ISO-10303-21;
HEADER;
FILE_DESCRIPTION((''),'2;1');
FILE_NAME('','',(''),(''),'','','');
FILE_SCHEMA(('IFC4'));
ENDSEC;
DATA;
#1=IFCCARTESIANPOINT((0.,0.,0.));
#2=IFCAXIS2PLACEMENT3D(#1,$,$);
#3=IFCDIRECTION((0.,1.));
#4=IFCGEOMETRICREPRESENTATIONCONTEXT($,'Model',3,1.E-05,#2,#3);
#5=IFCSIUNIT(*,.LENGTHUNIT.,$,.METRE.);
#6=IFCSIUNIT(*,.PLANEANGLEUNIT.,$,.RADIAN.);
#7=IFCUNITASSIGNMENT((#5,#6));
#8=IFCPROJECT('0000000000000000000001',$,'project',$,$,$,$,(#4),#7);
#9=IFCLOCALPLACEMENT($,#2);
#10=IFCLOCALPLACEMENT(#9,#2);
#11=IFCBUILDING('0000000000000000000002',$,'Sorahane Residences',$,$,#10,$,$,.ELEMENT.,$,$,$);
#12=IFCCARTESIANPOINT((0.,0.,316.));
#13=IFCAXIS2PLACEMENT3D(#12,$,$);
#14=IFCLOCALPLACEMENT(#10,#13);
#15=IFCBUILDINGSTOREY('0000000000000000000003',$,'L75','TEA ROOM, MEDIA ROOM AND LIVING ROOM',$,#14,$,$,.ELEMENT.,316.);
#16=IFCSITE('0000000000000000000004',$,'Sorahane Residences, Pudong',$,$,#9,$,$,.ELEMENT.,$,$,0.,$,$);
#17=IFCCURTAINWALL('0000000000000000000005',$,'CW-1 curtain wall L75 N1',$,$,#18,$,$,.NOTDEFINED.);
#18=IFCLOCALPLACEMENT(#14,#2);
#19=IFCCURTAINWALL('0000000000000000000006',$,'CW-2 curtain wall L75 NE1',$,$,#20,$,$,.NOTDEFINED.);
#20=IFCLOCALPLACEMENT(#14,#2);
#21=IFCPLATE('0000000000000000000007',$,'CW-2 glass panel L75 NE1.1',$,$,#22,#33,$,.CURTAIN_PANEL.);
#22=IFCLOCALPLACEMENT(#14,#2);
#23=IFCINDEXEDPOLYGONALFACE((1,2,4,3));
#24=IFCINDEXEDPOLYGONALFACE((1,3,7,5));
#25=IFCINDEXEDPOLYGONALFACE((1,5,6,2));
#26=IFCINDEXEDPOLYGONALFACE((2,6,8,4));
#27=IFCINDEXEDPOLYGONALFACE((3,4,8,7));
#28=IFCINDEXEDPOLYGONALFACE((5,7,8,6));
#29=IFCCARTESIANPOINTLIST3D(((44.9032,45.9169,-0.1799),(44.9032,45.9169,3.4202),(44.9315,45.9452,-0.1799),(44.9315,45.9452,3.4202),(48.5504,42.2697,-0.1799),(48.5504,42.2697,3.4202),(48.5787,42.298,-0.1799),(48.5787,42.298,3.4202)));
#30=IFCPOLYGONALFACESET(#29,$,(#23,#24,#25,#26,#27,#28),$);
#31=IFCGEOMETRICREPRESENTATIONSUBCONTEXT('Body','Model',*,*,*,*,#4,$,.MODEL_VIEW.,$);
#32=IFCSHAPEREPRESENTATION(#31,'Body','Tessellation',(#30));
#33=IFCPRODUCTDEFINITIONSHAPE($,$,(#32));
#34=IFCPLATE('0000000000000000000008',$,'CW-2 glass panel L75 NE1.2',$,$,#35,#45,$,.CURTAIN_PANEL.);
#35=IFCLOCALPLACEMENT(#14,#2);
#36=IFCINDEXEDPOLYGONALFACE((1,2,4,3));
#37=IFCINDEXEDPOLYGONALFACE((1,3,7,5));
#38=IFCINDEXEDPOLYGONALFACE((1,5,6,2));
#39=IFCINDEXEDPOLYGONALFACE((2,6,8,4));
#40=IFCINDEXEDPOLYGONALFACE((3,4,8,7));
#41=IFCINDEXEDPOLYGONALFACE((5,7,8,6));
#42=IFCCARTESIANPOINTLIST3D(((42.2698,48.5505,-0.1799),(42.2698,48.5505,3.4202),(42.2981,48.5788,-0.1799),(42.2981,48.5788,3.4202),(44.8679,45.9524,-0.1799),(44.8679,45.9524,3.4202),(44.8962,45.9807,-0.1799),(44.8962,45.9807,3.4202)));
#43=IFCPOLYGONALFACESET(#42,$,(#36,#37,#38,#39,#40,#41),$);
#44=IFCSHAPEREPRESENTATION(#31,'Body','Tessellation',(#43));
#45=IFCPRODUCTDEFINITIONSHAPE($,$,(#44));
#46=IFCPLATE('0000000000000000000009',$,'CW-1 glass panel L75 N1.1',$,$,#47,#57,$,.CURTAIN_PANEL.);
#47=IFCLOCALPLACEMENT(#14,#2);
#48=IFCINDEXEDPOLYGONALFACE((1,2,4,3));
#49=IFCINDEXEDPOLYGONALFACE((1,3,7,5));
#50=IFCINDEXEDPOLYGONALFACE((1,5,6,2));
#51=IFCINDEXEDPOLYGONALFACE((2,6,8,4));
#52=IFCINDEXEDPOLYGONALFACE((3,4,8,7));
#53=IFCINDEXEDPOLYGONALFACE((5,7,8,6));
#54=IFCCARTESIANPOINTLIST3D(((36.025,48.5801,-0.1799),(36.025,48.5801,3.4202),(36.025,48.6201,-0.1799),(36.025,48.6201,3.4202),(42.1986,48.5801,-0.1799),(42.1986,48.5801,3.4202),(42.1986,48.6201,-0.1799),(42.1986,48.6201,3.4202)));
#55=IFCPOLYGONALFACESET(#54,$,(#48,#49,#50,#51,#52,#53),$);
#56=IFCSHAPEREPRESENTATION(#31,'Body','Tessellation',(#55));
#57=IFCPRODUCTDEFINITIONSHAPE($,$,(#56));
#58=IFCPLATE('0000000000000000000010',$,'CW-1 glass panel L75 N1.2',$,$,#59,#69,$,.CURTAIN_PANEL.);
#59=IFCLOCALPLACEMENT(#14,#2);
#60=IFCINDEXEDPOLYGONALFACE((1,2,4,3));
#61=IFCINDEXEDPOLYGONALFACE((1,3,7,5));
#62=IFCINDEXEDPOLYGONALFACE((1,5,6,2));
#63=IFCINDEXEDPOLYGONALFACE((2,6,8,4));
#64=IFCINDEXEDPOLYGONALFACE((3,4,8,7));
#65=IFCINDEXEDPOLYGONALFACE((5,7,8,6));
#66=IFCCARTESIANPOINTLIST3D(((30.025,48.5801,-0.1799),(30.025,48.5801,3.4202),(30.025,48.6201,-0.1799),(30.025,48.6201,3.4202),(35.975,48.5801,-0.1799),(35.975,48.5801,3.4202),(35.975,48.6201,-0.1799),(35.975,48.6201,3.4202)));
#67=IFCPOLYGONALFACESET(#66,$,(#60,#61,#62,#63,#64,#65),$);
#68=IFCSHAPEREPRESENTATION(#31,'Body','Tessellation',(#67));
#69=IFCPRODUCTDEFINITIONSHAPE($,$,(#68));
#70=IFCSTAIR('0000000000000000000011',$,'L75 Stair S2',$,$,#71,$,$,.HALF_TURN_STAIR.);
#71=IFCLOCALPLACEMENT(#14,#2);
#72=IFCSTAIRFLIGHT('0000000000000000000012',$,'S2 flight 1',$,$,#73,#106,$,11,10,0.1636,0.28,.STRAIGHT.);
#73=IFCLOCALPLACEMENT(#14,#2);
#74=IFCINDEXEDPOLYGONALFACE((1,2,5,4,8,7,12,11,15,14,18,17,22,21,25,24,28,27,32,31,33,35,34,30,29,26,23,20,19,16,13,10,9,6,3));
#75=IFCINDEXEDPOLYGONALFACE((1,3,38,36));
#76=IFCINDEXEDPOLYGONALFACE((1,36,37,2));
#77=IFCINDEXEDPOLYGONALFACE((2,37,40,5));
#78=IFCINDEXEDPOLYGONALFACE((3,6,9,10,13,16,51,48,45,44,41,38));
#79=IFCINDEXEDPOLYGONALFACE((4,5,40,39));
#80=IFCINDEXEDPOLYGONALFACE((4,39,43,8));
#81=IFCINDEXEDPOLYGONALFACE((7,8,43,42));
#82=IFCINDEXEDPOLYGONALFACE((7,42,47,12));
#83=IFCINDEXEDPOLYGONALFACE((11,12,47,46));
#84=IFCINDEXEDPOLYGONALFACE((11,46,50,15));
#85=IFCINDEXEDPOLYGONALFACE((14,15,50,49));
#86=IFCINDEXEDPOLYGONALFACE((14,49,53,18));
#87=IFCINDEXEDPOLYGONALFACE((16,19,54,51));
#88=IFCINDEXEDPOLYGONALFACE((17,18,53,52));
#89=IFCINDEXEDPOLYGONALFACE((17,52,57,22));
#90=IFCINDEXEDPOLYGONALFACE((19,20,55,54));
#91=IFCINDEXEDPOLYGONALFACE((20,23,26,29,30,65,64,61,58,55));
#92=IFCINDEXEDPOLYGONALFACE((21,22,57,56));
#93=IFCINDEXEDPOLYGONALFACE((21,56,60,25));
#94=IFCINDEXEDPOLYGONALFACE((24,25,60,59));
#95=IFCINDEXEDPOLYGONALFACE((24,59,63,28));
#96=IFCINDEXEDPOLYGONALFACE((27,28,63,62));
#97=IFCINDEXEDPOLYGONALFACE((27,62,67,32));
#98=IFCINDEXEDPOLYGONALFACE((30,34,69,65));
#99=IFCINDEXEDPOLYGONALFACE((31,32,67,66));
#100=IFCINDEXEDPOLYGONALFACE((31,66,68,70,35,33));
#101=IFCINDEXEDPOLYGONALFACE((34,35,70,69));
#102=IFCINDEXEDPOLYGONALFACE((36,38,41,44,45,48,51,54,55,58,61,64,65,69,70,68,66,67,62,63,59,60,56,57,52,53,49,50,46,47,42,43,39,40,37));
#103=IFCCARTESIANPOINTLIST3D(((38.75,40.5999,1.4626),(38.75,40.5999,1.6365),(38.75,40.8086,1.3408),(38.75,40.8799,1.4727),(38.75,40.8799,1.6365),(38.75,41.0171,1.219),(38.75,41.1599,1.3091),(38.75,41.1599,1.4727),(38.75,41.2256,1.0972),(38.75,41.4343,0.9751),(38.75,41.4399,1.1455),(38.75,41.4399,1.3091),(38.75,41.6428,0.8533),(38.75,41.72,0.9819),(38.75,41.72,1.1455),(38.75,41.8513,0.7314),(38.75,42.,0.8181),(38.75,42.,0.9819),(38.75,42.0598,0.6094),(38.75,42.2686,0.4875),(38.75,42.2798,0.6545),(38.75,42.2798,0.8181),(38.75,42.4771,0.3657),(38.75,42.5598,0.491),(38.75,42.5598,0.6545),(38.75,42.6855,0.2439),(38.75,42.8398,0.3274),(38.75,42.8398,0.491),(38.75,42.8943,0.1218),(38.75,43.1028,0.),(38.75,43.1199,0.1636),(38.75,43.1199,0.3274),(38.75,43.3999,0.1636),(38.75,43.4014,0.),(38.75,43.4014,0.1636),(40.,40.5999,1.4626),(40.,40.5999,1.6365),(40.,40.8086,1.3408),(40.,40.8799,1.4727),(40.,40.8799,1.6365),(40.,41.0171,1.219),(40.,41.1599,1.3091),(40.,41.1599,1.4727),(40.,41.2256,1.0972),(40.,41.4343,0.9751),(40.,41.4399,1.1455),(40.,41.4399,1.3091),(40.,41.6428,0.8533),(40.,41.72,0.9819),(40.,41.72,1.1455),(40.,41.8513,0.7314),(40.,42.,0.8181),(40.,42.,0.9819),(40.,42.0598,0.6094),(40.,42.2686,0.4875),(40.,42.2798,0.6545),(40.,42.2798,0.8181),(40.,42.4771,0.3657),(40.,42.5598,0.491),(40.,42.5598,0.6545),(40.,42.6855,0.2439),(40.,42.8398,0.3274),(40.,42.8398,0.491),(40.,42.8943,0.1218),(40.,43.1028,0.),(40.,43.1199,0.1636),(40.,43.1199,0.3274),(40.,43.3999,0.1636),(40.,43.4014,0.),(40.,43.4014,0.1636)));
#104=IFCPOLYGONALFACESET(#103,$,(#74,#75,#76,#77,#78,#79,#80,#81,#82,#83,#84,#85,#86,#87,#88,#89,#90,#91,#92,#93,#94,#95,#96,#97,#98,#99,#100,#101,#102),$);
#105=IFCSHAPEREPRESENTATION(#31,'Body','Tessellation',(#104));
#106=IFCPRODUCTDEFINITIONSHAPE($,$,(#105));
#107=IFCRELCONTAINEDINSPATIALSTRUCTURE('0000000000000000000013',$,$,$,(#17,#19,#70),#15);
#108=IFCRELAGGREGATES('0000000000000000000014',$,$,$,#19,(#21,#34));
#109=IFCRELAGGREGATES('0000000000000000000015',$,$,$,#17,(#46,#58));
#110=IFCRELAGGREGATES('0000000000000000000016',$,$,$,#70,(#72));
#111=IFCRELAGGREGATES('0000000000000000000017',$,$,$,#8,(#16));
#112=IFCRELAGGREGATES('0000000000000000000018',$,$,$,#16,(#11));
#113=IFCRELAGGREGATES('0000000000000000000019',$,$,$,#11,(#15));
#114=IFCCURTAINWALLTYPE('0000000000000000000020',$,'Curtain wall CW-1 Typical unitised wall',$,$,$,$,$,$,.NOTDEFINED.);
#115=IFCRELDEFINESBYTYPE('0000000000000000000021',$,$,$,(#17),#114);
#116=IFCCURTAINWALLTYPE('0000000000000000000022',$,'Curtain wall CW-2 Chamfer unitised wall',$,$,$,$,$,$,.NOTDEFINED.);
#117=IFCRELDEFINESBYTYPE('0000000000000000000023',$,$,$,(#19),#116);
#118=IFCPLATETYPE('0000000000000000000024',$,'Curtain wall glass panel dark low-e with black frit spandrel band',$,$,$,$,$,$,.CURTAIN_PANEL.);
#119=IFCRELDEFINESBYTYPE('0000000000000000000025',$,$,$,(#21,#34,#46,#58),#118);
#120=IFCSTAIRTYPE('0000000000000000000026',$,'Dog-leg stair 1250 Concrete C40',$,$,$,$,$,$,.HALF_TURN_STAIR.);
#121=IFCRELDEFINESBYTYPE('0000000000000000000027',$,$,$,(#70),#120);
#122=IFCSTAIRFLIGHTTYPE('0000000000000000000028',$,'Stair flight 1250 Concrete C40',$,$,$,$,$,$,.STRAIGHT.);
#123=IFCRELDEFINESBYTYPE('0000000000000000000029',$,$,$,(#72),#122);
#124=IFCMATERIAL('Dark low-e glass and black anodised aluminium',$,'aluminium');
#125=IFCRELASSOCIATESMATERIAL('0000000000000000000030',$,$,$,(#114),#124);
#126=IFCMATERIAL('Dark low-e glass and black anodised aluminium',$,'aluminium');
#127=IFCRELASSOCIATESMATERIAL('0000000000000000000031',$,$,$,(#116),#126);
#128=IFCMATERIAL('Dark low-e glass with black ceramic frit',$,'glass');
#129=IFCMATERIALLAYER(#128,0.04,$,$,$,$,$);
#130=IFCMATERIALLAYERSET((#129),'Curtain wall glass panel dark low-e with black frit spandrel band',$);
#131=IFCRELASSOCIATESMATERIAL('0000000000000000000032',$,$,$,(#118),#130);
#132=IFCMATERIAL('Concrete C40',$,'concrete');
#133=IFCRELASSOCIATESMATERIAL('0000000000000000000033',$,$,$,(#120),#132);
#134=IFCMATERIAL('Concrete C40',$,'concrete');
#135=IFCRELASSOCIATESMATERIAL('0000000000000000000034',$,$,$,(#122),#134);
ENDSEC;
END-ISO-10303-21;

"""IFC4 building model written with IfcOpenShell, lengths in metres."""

from ifc_helpers import new_model, si_unit, direction, frame, origin, origin_2d, place, context, subcontext, project, spatial, polyline, rectangle, outline, extrude, material, layer, layer_set, type_object, element, aggregate, save


model = new_model("IFC4")

# Units and contexts
model_context = context("Model", 3, precision=1e-05, world=origin(), true_north=direction((0.0, 1.0)))
body_context = subcontext(model_context, "Body", "Model", "MODEL_VIEW")
ifc_project = project(units=[si_unit("LENGTHUNIT", "METRE"), si_unit("PLANEANGLEUNIT", "RADIAN")], contexts=[model_context])

# Site, building, storey
site_placement = place(None, origin())
site = spatial("IfcSite", under=ifc_project, at=site_placement, Name="Sorahane Residences, Pudong", CompositionType="ELEMENT", RefElevation=0.0)
building_placement = place(site_placement, origin())
building = spatial("IfcBuilding", under=site, at=building_placement, Name="Sorahane Residences", CompositionType="ELEMENT")
storey_placement = place(building_placement, frame((0.0, 0.0, 316.0)))
storey = spatial("IfcBuildingStorey", under=building, at=storey_placement, Name="L75", Description="TEA ROOM, MEDIA ROOM AND LIVING ROOM", CompositionType="ELEMENT", Elevation=316.0)

# Curtain wall
ifc_material_1 = material(Name="Dark low-e glass and black anodised aluminium", Category="aluminium")
curtain_wall_type_1 = type_object("IfcCurtainWallType", Name="Curtain wall CW-1 Typical unitised wall", PredefinedType="NOTDEFINED", material=ifc_material_1)
curtain_wall_1_placement = place(storey_placement, origin())
curtain_wall_1 = element("IfcCurtainWall", 1, at=curtain_wall_1_placement, inside=storey, type_object=curtain_wall_type_1, Name="CW-1 curtain wall L75 N1", PredefinedType="NOTDEFINED")

# Curtain wall
ifc_material_2 = material(Name="Dark low-e glass and black anodised aluminium", Category="aluminium")
curtain_wall_type_2 = type_object("IfcCurtainWallType", Name="Curtain wall CW-2 Chamfer unitised wall", PredefinedType="NOTDEFINED", material=ifc_material_2)
curtain_wall_2_placement = place(storey_placement, origin())
curtain_wall_2 = element("IfcCurtainWall", 2, at=curtain_wall_2_placement, inside=storey, type_object=curtain_wall_type_2, Name="CW-2 curtain wall L75 NE1", PredefinedType="NOTDEFINED")

# Plates
ifc_material_3 = material(Name="Dark low-e glass with black ceramic frit", Category="glass")
ifc_layer_1 = layer(ifc_material_3, 0.04)
ifc_layer_set_1 = layer_set([ifc_layer_1], Name="Curtain wall glass panel dark low-e with black frit spandrel band")
plate_type = type_object("IfcPlateType", Name="Curtain wall glass panel dark low-e with black frit spandrel band", PredefinedType="CURTAIN_PANEL", material=ifc_layer_set_1)
plate_1_placement = place(storey_placement, frame((46.741, 44.1074, -0.1799), z_axis=(0.0, 0.0, 1.0), x_axis=(-0.707107, 0.707107, 0.0)))
plate_1 = element("IfcPlate", 3, at=plate_1_placement, type_object=plate_type, Name="CW-2 glass panel L75 NE1.1", PredefinedType="CURTAIN_PANEL", context=body_context, shape_type="SweptSolid", body=[
    extrude(rectangle(XDim=5.158, YDim=0.04, at=origin_2d()), origin(), (0.0, 0.0, 1.0), 3.6001),
])
plate_2_placement = place(storey_placement, frame((43.583, 47.2656, -0.1799), z_axis=(0.0, 0.0, 1.0), x_axis=(-0.707107, 0.707107, 0.0)))
plate_2 = element("IfcPlate", 4, at=plate_2_placement, type_object=plate_type, Name="CW-2 glass panel L75 NE1.2", PredefinedType="CURTAIN_PANEL", context=body_context, shape_type="SweptSolid", body=[
    extrude(rectangle(XDim=3.6743, YDim=0.04, at=origin_2d()), origin(), (0.0, 0.0, 1.0), 3.6001),
])
aggregate(curtain_wall_2, [plate_1, plate_2])
plate_3_placement = place(storey_placement, frame((39.1118, 48.6001, -0.1799), z_axis=(0.0, 0.0, 1.0), x_axis=(-1.0, 0.0, 0.0)))
plate_3 = element("IfcPlate", 5, at=plate_3_placement, type_object=plate_type, Name="CW-1 glass panel L75 N1.1", PredefinedType="CURTAIN_PANEL", context=body_context, shape_type="SweptSolid", body=[
    extrude(rectangle(XDim=6.1736, YDim=0.04, at=origin_2d()), origin(), (0.0, 0.0, 1.0), 3.6001),
])
plate_4_placement = place(storey_placement, frame((33.0, 48.6001, -0.1799), z_axis=(0.0, 0.0, 1.0), x_axis=(-1.0, 0.0, 0.0)))
plate_4 = element("IfcPlate", 6, at=plate_4_placement, type_object=plate_type, Name="CW-1 glass panel L75 N1.2", PredefinedType="CURTAIN_PANEL", context=body_context, shape_type="SweptSolid", body=[
    extrude(rectangle(XDim=5.95, YDim=0.04, at=origin_2d()), origin(), (0.0, 0.0, 1.0), 3.6001),
])
aggregate(curtain_wall_1, [plate_3, plate_4])

# Stair, stair flight
ifc_material_4 = material(Name="Concrete C40", Category="concrete")
stair_type = type_object("IfcStairType", Name="Dog-leg stair 1250 Concrete C40", PredefinedType="HALF_TURN_STAIR", material=ifc_material_4)
stair_placement = place(storey_placement, origin())
stair = element("IfcStair", 7, at=stair_placement, inside=storey, type_object=stair_type, Name="L75 Stair S2", PredefinedType="HALF_TURN_STAIR")
ifc_material_5 = material(Name="Concrete C40", Category="concrete")
stair_flight_type = type_object("IfcStairFlightType", Name="Stair flight 1250 Concrete C40", PredefinedType="STRAIGHT", material=ifc_material_5)
stair_flight_placement = place(storey_placement, frame((39.375, 43.3999, 0.0), z_axis=(0.0, 0.0, 1.0), x_axis=(0.0, -1.0, 0.0)))
stair_flight = element("IfcStairFlight", 8, at=stair_flight_placement, type_object=stair_flight_type, Name="S2 flight 1", NumberOfRisers=11, NumberOfTreads=10, PredefinedType="STRAIGHT", RiserHeight=0.1636, TreadLength=0.28, context=body_context, shape_type="SweptSolid", body=[
    extrude(outline(polyline([(-0.0015, 0.0), (-0.0015, 0.1636), (0.0, 0.1636), (0.28, 0.1636), (0.28, 0.3274), (0.5601, 0.3274), (0.5601, 0.491), (0.8401, 0.491), (0.8401, 0.6545), (1.1201, 0.6545), (1.1201, 0.8181), (1.3999, 0.8181), (1.3999, 0.9819), (1.6799, 0.9819), (1.6799, 1.1455), (1.96, 1.1455), (1.96, 1.3091), (2.24, 1.3091), (2.24, 1.4727), (2.52, 1.4727), (2.52, 1.6365), (2.8, 1.6365), (2.8, 1.8), (2.8, 1.4626), (2.5913, 1.3408), (2.3828, 1.219), (2.1743, 1.0972), (1.9656, 0.9751), (1.7571, 0.8533), (1.5486, 0.7314), (1.3401, 0.6094), (1.1313, 0.4875), (0.9229, 0.3657), (0.7144, 0.2439), (0.5056, 0.1218), (0.2971, 0.0), (-0.0015, 0.0)])), frame((0.0, 0.625, 0.0), z_axis=(0.0, -1.0, 0.0), x_axis=(1.0, 0.0, 0.0)), (0.0, 0.0, 1.0), 1.25),
])
aggregate(stair, [stair_flight])

save(model, "model.ifc")
